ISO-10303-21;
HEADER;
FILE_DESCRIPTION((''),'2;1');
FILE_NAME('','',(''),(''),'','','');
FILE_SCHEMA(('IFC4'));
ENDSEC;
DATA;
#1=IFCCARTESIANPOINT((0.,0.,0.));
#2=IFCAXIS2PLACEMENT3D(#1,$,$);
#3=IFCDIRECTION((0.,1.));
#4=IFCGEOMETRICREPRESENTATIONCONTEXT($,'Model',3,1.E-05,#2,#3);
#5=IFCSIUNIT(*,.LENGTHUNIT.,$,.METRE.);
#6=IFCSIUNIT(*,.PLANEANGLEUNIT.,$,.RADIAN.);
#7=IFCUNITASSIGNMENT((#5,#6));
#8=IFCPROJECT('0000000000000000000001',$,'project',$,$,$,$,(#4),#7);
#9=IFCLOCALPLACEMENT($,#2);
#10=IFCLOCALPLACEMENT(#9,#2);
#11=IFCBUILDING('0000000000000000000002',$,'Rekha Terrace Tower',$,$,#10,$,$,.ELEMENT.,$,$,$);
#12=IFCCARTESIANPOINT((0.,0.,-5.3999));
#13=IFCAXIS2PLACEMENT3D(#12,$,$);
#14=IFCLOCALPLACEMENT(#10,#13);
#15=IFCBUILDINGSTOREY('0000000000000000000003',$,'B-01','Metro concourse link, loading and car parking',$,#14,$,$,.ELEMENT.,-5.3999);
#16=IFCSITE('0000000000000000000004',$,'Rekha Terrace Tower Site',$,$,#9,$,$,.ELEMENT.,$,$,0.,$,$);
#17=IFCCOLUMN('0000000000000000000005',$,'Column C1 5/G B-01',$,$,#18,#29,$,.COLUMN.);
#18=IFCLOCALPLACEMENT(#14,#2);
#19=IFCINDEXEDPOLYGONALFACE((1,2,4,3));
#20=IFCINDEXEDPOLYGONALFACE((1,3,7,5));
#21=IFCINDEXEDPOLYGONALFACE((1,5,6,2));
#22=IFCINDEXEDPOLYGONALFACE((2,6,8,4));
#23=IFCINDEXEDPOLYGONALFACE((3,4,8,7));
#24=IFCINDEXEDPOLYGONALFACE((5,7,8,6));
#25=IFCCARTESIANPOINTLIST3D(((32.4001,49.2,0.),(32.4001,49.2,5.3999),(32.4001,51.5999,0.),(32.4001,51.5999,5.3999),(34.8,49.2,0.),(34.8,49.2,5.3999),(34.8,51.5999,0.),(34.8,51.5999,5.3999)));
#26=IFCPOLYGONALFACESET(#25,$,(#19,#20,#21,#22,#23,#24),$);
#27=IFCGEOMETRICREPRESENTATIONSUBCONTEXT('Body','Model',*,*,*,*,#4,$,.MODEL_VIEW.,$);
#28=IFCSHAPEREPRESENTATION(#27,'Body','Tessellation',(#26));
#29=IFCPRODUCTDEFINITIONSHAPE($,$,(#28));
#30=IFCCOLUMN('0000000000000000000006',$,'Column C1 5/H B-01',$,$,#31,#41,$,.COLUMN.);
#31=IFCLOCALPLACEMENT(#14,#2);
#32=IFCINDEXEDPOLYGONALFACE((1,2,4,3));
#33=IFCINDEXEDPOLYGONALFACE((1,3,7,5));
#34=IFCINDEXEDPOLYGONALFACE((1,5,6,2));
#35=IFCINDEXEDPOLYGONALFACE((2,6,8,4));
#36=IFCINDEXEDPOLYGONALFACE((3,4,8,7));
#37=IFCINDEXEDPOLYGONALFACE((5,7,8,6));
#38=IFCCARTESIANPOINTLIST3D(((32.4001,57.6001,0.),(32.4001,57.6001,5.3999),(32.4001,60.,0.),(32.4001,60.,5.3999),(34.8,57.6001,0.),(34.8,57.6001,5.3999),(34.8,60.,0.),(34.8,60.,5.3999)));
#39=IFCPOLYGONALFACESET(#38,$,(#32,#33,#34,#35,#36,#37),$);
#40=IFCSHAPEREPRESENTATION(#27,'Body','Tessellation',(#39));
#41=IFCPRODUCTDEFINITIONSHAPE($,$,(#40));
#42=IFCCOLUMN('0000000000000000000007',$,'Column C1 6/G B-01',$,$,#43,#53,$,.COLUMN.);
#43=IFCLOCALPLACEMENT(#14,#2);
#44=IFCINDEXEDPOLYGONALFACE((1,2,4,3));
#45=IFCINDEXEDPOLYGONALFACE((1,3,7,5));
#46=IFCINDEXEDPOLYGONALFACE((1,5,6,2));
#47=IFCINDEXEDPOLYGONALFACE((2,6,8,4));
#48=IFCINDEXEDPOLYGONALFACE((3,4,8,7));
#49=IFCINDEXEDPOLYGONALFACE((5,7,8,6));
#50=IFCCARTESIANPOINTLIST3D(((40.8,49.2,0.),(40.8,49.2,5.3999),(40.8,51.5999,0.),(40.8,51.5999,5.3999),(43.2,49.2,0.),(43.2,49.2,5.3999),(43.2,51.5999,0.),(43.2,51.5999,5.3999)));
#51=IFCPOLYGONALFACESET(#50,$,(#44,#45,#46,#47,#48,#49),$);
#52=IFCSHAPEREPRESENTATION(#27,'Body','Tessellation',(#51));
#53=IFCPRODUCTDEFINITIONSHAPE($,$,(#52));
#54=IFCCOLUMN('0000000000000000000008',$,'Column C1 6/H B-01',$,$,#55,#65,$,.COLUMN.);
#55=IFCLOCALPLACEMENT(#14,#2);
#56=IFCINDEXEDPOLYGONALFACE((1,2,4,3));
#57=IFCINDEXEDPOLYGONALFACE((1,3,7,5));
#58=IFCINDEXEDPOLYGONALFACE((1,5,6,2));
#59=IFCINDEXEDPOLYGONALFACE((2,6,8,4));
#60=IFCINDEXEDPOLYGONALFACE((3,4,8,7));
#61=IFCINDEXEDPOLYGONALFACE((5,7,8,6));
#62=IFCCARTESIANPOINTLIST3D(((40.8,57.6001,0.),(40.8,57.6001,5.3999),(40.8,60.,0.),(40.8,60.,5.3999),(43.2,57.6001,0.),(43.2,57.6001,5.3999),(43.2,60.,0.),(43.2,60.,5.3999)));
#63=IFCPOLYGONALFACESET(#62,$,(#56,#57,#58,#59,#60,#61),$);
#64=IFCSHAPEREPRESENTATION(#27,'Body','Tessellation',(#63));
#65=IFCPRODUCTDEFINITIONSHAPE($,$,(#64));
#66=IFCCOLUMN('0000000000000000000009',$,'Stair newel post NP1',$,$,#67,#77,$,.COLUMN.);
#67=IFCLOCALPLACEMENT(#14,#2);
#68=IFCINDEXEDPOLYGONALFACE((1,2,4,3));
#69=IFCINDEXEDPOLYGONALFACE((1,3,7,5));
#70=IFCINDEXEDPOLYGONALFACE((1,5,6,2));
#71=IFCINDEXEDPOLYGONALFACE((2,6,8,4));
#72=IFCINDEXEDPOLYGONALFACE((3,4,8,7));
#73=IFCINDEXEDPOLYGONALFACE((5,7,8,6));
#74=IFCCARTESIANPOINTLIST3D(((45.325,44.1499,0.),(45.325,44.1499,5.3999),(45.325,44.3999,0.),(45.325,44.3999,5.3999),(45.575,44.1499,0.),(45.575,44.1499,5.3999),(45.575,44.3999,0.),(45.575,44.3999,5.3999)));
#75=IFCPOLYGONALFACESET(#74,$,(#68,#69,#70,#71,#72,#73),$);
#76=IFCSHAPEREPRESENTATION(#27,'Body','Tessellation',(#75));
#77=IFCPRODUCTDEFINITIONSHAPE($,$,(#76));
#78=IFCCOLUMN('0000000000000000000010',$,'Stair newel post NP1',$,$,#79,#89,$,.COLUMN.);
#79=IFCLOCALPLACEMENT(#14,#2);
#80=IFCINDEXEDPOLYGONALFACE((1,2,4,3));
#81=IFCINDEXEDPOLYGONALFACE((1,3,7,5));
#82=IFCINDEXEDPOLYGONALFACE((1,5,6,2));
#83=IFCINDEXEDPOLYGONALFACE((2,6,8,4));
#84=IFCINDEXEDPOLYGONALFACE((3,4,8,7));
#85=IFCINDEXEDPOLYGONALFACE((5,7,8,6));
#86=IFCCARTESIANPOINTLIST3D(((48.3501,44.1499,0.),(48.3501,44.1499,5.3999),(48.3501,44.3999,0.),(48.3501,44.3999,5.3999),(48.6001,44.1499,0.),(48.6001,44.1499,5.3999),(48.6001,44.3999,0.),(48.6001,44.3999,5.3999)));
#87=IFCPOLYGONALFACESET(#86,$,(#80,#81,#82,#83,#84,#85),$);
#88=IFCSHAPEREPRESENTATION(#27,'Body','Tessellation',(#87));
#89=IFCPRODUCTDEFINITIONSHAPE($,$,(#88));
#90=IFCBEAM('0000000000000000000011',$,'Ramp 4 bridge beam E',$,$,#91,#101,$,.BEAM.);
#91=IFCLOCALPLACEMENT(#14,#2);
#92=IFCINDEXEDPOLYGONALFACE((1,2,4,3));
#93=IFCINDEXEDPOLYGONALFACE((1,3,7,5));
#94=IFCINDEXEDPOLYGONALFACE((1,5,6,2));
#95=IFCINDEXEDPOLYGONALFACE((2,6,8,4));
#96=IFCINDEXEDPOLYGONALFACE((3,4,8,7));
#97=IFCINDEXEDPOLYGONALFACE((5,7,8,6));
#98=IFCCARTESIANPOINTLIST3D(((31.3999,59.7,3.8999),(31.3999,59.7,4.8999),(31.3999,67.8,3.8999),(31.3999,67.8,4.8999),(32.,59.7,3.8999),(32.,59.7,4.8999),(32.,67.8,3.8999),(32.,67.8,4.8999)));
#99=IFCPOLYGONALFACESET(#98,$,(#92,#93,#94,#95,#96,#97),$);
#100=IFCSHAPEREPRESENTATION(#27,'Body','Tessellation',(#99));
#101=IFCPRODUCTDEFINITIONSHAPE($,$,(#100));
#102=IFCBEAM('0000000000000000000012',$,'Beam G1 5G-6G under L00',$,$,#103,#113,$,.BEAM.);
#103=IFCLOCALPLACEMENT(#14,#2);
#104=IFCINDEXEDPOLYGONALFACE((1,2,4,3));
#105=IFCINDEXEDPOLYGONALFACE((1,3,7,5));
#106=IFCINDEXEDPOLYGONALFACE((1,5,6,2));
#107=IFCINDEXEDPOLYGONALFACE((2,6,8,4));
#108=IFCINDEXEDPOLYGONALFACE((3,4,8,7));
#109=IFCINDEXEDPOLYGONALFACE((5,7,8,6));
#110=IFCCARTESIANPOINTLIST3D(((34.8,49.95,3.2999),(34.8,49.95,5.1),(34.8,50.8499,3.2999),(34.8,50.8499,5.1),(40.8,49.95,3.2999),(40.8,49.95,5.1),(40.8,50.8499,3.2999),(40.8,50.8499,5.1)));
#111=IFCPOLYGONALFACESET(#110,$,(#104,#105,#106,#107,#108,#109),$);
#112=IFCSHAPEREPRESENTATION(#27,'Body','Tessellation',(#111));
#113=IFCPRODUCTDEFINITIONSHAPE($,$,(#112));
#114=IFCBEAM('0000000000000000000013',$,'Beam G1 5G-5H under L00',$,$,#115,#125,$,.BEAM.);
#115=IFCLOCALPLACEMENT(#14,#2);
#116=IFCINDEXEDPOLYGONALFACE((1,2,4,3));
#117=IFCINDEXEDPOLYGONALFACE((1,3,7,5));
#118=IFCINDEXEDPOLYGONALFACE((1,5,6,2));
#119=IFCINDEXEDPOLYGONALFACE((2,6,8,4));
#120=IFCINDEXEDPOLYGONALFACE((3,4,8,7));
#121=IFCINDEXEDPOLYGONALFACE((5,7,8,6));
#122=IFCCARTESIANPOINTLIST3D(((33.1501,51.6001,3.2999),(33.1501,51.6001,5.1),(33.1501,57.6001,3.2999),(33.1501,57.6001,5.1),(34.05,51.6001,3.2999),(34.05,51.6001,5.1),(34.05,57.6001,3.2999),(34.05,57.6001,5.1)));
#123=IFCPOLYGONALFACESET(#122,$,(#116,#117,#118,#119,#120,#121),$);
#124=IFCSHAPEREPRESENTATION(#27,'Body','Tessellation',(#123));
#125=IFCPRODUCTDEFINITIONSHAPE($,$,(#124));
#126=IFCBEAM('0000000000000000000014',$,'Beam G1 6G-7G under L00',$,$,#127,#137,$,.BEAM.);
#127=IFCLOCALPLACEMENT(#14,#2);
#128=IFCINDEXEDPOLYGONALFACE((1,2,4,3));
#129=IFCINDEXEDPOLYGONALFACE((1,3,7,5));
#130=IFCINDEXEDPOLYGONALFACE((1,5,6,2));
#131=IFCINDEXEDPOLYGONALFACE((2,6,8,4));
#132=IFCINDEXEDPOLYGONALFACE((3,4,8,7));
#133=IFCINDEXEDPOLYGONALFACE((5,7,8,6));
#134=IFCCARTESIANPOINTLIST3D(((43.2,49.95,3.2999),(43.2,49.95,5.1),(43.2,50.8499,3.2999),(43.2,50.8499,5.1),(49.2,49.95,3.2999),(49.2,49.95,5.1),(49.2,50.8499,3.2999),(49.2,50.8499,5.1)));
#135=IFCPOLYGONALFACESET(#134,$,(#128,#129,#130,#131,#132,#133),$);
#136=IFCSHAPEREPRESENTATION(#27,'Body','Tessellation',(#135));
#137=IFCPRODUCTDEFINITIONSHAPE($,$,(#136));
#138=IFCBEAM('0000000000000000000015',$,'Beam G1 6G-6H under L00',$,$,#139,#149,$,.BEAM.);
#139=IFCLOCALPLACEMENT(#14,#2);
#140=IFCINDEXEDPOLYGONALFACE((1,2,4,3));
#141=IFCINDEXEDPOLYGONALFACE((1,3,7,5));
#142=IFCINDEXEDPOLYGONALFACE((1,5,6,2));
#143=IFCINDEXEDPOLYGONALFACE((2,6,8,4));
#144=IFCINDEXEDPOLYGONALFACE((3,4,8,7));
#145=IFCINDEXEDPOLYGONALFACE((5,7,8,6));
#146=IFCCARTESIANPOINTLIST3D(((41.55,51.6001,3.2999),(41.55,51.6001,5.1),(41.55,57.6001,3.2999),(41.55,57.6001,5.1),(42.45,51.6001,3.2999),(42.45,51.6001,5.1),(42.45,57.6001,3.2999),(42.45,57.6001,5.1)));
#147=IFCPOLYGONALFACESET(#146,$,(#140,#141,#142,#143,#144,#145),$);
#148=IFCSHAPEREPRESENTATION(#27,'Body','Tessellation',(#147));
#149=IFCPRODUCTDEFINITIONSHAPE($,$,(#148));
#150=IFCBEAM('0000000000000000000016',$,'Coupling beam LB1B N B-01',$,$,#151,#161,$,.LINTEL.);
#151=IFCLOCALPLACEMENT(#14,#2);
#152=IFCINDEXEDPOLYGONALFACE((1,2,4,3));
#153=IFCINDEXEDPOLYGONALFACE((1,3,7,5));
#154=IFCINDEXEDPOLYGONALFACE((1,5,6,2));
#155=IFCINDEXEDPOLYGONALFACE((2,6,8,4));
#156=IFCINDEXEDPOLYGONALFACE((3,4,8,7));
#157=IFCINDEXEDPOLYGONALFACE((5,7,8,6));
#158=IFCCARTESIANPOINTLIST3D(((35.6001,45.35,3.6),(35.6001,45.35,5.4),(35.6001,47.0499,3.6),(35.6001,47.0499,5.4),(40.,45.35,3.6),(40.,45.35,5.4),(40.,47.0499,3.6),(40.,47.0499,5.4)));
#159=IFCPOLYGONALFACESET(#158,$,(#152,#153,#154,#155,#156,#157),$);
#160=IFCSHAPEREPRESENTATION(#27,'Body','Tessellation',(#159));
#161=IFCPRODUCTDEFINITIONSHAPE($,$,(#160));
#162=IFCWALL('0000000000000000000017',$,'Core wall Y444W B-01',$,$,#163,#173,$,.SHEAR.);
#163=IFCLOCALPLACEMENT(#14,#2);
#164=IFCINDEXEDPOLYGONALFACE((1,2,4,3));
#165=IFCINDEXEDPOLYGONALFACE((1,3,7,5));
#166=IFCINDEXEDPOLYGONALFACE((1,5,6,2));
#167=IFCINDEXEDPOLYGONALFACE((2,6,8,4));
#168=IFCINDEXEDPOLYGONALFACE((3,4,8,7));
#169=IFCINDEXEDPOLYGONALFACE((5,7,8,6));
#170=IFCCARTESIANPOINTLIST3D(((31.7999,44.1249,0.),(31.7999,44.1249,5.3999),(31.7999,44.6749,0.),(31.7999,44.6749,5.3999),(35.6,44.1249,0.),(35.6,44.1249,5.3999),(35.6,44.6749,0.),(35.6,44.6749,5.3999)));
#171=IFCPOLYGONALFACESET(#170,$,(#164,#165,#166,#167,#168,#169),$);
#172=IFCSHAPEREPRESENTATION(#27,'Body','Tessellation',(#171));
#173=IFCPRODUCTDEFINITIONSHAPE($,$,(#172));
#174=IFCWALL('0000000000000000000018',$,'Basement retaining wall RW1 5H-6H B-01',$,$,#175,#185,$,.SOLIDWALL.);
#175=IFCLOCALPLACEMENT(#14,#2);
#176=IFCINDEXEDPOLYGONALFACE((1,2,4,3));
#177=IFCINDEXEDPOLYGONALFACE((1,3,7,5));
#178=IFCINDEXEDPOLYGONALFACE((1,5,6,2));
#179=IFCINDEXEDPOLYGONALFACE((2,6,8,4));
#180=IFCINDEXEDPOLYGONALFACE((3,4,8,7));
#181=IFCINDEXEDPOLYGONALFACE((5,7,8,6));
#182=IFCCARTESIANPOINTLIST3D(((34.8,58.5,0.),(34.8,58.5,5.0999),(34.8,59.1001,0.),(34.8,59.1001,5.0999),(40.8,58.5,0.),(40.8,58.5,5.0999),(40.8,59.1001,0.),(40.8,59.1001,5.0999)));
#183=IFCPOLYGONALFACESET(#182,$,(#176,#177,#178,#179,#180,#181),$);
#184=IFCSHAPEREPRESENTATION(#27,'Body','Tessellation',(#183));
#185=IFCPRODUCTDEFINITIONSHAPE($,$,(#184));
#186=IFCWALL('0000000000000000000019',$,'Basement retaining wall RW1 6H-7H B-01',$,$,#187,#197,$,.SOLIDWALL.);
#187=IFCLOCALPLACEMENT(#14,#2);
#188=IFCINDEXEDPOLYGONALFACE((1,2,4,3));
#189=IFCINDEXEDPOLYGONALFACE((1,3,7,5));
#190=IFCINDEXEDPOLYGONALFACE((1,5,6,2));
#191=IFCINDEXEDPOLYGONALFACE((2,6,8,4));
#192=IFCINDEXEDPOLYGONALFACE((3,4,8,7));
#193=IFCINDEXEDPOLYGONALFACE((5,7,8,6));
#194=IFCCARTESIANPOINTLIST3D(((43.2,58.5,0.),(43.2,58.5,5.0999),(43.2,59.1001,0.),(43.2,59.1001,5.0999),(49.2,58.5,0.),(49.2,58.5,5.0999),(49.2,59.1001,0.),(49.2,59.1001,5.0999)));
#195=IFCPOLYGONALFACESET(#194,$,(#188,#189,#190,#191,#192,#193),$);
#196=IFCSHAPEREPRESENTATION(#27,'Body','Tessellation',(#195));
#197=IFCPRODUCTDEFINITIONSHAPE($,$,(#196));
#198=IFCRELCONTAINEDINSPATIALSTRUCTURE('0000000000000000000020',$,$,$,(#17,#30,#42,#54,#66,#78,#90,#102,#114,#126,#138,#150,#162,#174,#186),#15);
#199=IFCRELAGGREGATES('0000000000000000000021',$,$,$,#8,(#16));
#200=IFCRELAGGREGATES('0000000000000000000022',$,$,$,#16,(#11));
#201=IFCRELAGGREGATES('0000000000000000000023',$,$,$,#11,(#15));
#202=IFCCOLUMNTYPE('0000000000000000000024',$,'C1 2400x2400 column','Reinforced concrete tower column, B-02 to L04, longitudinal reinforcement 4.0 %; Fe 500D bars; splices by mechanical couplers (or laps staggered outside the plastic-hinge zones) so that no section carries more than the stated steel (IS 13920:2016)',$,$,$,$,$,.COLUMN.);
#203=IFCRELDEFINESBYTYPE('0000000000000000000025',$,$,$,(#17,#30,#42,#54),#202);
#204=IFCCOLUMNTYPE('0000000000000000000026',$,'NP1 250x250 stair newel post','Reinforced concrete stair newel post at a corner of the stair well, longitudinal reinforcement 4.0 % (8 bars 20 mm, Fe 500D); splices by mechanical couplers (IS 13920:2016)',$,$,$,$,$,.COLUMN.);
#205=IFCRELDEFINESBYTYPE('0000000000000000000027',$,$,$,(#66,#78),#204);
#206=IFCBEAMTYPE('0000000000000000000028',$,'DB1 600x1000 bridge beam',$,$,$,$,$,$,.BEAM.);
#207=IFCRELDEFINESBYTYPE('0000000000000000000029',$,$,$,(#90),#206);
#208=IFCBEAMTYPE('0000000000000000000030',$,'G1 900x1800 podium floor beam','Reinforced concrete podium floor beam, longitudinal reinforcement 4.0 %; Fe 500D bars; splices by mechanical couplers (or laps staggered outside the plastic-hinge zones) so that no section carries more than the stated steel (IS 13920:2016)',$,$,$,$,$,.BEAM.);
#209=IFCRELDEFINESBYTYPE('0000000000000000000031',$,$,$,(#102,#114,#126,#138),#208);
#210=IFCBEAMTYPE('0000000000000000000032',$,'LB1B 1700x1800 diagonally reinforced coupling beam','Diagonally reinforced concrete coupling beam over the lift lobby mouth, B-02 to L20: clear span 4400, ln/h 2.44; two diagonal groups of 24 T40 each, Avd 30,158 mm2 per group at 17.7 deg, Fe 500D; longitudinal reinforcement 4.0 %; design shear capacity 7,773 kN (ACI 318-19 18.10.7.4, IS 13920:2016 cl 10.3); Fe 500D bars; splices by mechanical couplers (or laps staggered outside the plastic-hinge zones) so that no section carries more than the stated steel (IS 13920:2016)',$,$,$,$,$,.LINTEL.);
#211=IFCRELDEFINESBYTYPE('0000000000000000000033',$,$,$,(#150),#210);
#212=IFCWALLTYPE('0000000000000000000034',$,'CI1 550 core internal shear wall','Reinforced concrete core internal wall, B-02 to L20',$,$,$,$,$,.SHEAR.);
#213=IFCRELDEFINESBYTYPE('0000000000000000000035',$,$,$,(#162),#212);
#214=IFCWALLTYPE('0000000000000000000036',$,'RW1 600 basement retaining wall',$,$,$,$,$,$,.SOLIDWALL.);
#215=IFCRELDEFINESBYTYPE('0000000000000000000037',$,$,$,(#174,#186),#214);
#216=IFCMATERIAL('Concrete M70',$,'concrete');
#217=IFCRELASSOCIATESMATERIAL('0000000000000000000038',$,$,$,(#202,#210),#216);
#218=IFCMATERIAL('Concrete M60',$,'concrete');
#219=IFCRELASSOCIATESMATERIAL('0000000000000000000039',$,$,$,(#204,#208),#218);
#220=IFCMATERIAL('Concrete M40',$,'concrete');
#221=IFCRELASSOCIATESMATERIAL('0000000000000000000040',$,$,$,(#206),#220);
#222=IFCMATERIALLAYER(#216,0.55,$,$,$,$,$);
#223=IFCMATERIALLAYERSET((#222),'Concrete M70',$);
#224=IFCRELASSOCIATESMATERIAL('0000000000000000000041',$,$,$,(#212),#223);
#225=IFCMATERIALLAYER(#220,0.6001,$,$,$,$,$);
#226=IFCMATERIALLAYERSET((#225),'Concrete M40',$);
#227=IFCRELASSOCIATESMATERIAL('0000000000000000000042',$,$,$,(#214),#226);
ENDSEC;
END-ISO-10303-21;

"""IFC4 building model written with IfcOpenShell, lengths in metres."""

from ifc_helpers import new_model, si_unit, direction, frame, frame_2d, origin, origin_2d, place, context, subcontext, project, spatial, rectangle, extrude, material, layer, layer_set, material_profile, profile_set, type_object, element, save


model = new_model("IFC4")

# Units and contexts
model_context = context("Model", 3, precision=1e-05, world=origin(), true_north=direction((0.0, 1.0)))
body_context = subcontext(model_context, "Body", "Model", "MODEL_VIEW")
ifc_project = project(units=[si_unit("LENGTHUNIT", "METRE"), si_unit("PLANEANGLEUNIT", "RADIAN")], contexts=[model_context])

# Site, building, storey
site_placement = place(None, origin())
site = spatial("IfcSite", under=ifc_project, at=site_placement, Name="Rekha Terrace Tower Site", CompositionType="ELEMENT", RefElevation=0.0)
building_placement = place(site_placement, origin())
building = spatial("IfcBuilding", under=site, at=building_placement, Name="Rekha Terrace Tower", CompositionType="ELEMENT")
storey_placement = place(building_placement, frame((0.0, 0.0, -5.3999)))
storey = spatial("IfcBuildingStorey", under=building, at=storey_placement, Name="B-01", Description="Metro concourse link, loading and car parking", CompositionType="ELEMENT", Elevation=-5.3999)

# Columns
ifc_material_1 = material(Name="Concrete M70", Category="concrete")
ifc_material_profile_1 = material_profile(ifc_material_1, rectangle(XDim=2.3999, YDim=2.3999, at=origin_2d()), Name="RC 2400x2400")
ifc_profile_set_1 = profile_set([ifc_material_profile_1], Name="Concrete M70")
column_type_1 = type_object("IfcColumnType", Name="C1 2400x2400 column", Description="Reinforced concrete tower column, B-02 to L04, longitudinal reinforcement 4.0 %; Fe 500D bars; splices by mechanical couplers (or laps staggered outside the plastic-hinge zones) so that no section carries more than the stated steel (IS 13920:2016)", PredefinedType="COLUMN", material=ifc_profile_set_1)
for number, where, z_axis, x_axis, name in (
    (1, (33.6001, 50.3999, 0.0), (0.0, 0.0, 1.0), (1.0, 0.0, 0.0), "Column C1 5/G B-01"),
    (2, (33.6001, 58.8, 0.0), (0.0, 0.0, 1.0), (1.0, 0.0, 0.0), "Column C1 5/H B-01"),
    (3, (42.0, 50.3999, 0.0), (0.0, 0.0, 1.0), (1.0, 0.0, 0.0), "Column C1 6/G B-01"),
    (4, (42.0, 58.8, 0.0), (0.0, 0.0, 1.0), (1.0, 0.0, 0.0), "Column C1 6/H B-01"),
):
    element("IfcColumn", number, at=place(storey_placement, frame(where, z_axis=z_axis, x_axis=x_axis)), inside=storey, type_object=column_type_1, Name=name, PredefinedType="COLUMN", context=body_context, shape_type="SweptSolid", body=[
        extrude(rectangle(XDim=2.3999, YDim=2.3999, at=origin_2d()), origin(), (0.0, 0.0, 1.0), 5.3999),
    ])
ifc_material_2 = material(Name="Concrete M60", Category="concrete")
ifc_material_profile_2 = material_profile(ifc_material_2, rectangle(XDim=0.25, YDim=0.25, at=origin_2d()), Name="RC 250x250")
ifc_profile_set_2 = profile_set([ifc_material_profile_2], Name="Concrete M60")
column_type_2 = type_object("IfcColumnType", Name="NP1 250x250 stair newel post", Description="Reinforced concrete stair newel post at a corner of the stair well, longitudinal reinforcement 4.0 % (8 bars 20 mm, Fe 500D); splices by mechanical couplers (IS 13920:2016)", PredefinedType="COLUMN", material=ifc_profile_set_2)
for number, where, z_axis, x_axis, name in (
    (5, (45.45, 44.2749, 0.0), (0.0, 0.0, 1.0), (1.0, 0.0, 0.0), "Stair newel post NP1"),
    (6, (48.4751, 44.2749, 0.0), (0.0, 0.0, 1.0), (1.0, 0.0, 0.0), "Stair newel post NP1"),
):
    element("IfcColumn", number, at=place(storey_placement, frame(where, z_axis=z_axis, x_axis=x_axis)), inside=storey, type_object=column_type_2, Name=name, PredefinedType="COLUMN", context=body_context, shape_type="SweptSolid", body=[
        extrude(rectangle(XDim=0.25, YDim=0.25, at=origin_2d()), origin(), (0.0, 0.0, 1.0), 5.3999),
    ])

# Beams
ifc_material_3 = material(Name="Concrete M40", Category="concrete")
ifc_material_profile_3 = material_profile(ifc_material_3, rectangle(XDim=0.6001, YDim=1.0, at=origin_2d()), Name="RC 600x1000")
ifc_profile_set_3 = profile_set([ifc_material_profile_3], Name="Concrete M40")
beam_type_1 = type_object("IfcBeamType", Name="DB1 600x1000 bridge beam", PredefinedType="BEAM", material=ifc_profile_set_3)
beam_1_placement = place(storey_placement, frame((31.7, 59.7, 4.3999), z_axis=(0.0, 1.0, 0.0), x_axis=(-1.0, 0.0, 0.0)))
element("IfcBeam", 7, at=beam_1_placement, inside=storey, type_object=beam_type_1, Name="Ramp 4 bridge beam E", PredefinedType="BEAM", context=body_context, shape_type="SweptSolid", body=[
    extrude(rectangle(XDim=0.6001, YDim=1.0, at=origin_2d()), origin(), (0.0, 0.0, 1.0), 8.1001),
])
ifc_material_profile_4 = material_profile(ifc_material_2, rectangle(XDim=0.8999, YDim=1.8, at=origin_2d()), Name="RC 900x1800")
ifc_profile_set_4 = profile_set([ifc_material_profile_4], Name="Concrete M60")
beam_type_2 = type_object("IfcBeamType", Name="G1 900x1800 podium floor beam", Description="Reinforced concrete podium floor beam, longitudinal reinforcement 4.0 %; Fe 500D bars; splices by mechanical couplers (or laps staggered outside the plastic-hinge zones) so that no section carries more than the stated steel (IS 13920:2016)", PredefinedType="BEAM", material=ifc_profile_set_4)
for number, where, z_axis, x_axis, name in (
    (8, (34.8, 50.3999, 4.2), (1.0, 0.0, 0.0), (0.0, 1.0, 0.0), "Beam G1 5G-6G under L00"),
    (9, (33.6001, 51.6001, 4.2), (0.0, 1.0, 0.0), (-1.0, 0.0, 0.0), "Beam G1 5G-5H under L00"),
    (10, (43.2, 50.3999, 4.2), (1.0, 0.0, 0.0), (0.0, 1.0, 0.0), "Beam G1 6G-7G under L00"),
    (11, (42.0, 51.6001, 4.2), (0.0, 1.0, 0.0), (-1.0, 0.0, 0.0), "Beam G1 6G-6H under L00"),
):
    element("IfcBeam", number, at=place(storey_placement, frame(where, z_axis=z_axis, x_axis=x_axis)), inside=storey, type_object=beam_type_2, Name=name, PredefinedType="BEAM", context=body_context, shape_type="SweptSolid", body=[
        extrude(rectangle(XDim=0.8999, YDim=1.8, at=origin_2d()), origin(), (0.0, 0.0, 1.0), 6.0),
    ])
ifc_material_profile_5 = material_profile(ifc_material_1, rectangle(XDim=1.7, YDim=1.8, at=origin_2d()), Name="RC 1700x1800")
ifc_profile_set_5 = profile_set([ifc_material_profile_5], Name="Concrete M70")
beam_type_3 = type_object("IfcBeamType", Name="LB1B 1700x1800 diagonally reinforced coupling beam", Description="Diagonally reinforced concrete coupling beam over the lift lobby mouth, B-02 to L20: clear span 4400, ln/h 2.44; two diagonal groups of 24 T40 each, Avd 30,158 mm2 per group at 17.7 deg, Fe 500D; longitudinal reinforcement 4.0 %; design shear capacity 7,773 kN (ACI 318-19 18.10.7.4, IS 13920:2016 cl 10.3); Fe 500D bars; splices by mechanical couplers (or laps staggered outside the plastic-hinge zones) so that no section carries more than the stated steel (IS 13920:2016)", PredefinedType="LINTEL", material=ifc_profile_set_5)
beam_2_placement = place(storey_placement, frame((35.6001, 46.2, 4.5), z_axis=(1.0, 0.0, 0.0), x_axis=(0.0, 1.0, 0.0)))
element("IfcBeam", 12, at=beam_2_placement, inside=storey, type_object=beam_type_3, Name="Coupling beam LB1B N B-01", PredefinedType="LINTEL", context=body_context, shape_type="SweptSolid", body=[
    extrude(rectangle(XDim=1.7, YDim=1.8, at=origin_2d()), origin(), (0.0, 0.0, 1.0), 4.3999),
])

# Walls
ifc_layer_1 = layer(ifc_material_1, 0.55)
ifc_layer_set_1 = layer_set([ifc_layer_1], Name="Concrete M70")
wall_type_1 = type_object("IfcWallType", Name="CI1 550 core internal shear wall", Description="Reinforced concrete core internal wall, B-02 to L20", PredefinedType="SHEAR", material=ifc_layer_set_1)
wall_1_placement = place(storey_placement, frame((31.8, 44.3999, 0.0), z_axis=(0.0, 0.0, 1.0), x_axis=(1.0, 0.0, 0.0)))
element("IfcWall", 13, at=wall_1_placement, inside=storey, type_object=wall_type_1, Name="Core wall Y444W B-01", PredefinedType="SHEAR", context=body_context, shape_type="SweptSolid", body=[
    extrude(rectangle(XDim=3.8, YDim=0.55, at=frame_2d((1.8999, 0.0))), origin(), (0.0, 0.0, 1.0), 5.3999),
])
ifc_layer_2 = layer(ifc_material_3, 0.6001)
ifc_layer_set_2 = layer_set([ifc_layer_2], Name="Concrete M40")
wall_type_2 = type_object("IfcWallType", Name="RW1 600 basement retaining wall", PredefinedType="SOLIDWALL", material=ifc_layer_set_2)
for number, where, z_axis, x_axis, name in (
    (14, (34.8, 58.8, 0.0), (0.0, 0.0, 1.0), (1.0, 0.0, 0.0), "Basement retaining wall RW1 5H-6H B-01"),
    (15, (43.2, 58.8, 0.0), (0.0, 0.0, 1.0), (1.0, 0.0, 0.0), "Basement retaining wall RW1 6H-7H B-01"),
):
    element("IfcWall", number, at=place(storey_placement, frame(where, z_axis=z_axis, x_axis=x_axis)), inside=storey, type_object=wall_type_2, Name=name, PredefinedType="SOLIDWALL", context=body_context, shape_type="SweptSolid", body=[
        extrude(rectangle(XDim=6.0, YDim=0.6001, at=frame_2d((3.0, 0.0))), origin(), (0.0, 0.0, 1.0), 5.0999),
    ])

save(model, "model.ifc")
